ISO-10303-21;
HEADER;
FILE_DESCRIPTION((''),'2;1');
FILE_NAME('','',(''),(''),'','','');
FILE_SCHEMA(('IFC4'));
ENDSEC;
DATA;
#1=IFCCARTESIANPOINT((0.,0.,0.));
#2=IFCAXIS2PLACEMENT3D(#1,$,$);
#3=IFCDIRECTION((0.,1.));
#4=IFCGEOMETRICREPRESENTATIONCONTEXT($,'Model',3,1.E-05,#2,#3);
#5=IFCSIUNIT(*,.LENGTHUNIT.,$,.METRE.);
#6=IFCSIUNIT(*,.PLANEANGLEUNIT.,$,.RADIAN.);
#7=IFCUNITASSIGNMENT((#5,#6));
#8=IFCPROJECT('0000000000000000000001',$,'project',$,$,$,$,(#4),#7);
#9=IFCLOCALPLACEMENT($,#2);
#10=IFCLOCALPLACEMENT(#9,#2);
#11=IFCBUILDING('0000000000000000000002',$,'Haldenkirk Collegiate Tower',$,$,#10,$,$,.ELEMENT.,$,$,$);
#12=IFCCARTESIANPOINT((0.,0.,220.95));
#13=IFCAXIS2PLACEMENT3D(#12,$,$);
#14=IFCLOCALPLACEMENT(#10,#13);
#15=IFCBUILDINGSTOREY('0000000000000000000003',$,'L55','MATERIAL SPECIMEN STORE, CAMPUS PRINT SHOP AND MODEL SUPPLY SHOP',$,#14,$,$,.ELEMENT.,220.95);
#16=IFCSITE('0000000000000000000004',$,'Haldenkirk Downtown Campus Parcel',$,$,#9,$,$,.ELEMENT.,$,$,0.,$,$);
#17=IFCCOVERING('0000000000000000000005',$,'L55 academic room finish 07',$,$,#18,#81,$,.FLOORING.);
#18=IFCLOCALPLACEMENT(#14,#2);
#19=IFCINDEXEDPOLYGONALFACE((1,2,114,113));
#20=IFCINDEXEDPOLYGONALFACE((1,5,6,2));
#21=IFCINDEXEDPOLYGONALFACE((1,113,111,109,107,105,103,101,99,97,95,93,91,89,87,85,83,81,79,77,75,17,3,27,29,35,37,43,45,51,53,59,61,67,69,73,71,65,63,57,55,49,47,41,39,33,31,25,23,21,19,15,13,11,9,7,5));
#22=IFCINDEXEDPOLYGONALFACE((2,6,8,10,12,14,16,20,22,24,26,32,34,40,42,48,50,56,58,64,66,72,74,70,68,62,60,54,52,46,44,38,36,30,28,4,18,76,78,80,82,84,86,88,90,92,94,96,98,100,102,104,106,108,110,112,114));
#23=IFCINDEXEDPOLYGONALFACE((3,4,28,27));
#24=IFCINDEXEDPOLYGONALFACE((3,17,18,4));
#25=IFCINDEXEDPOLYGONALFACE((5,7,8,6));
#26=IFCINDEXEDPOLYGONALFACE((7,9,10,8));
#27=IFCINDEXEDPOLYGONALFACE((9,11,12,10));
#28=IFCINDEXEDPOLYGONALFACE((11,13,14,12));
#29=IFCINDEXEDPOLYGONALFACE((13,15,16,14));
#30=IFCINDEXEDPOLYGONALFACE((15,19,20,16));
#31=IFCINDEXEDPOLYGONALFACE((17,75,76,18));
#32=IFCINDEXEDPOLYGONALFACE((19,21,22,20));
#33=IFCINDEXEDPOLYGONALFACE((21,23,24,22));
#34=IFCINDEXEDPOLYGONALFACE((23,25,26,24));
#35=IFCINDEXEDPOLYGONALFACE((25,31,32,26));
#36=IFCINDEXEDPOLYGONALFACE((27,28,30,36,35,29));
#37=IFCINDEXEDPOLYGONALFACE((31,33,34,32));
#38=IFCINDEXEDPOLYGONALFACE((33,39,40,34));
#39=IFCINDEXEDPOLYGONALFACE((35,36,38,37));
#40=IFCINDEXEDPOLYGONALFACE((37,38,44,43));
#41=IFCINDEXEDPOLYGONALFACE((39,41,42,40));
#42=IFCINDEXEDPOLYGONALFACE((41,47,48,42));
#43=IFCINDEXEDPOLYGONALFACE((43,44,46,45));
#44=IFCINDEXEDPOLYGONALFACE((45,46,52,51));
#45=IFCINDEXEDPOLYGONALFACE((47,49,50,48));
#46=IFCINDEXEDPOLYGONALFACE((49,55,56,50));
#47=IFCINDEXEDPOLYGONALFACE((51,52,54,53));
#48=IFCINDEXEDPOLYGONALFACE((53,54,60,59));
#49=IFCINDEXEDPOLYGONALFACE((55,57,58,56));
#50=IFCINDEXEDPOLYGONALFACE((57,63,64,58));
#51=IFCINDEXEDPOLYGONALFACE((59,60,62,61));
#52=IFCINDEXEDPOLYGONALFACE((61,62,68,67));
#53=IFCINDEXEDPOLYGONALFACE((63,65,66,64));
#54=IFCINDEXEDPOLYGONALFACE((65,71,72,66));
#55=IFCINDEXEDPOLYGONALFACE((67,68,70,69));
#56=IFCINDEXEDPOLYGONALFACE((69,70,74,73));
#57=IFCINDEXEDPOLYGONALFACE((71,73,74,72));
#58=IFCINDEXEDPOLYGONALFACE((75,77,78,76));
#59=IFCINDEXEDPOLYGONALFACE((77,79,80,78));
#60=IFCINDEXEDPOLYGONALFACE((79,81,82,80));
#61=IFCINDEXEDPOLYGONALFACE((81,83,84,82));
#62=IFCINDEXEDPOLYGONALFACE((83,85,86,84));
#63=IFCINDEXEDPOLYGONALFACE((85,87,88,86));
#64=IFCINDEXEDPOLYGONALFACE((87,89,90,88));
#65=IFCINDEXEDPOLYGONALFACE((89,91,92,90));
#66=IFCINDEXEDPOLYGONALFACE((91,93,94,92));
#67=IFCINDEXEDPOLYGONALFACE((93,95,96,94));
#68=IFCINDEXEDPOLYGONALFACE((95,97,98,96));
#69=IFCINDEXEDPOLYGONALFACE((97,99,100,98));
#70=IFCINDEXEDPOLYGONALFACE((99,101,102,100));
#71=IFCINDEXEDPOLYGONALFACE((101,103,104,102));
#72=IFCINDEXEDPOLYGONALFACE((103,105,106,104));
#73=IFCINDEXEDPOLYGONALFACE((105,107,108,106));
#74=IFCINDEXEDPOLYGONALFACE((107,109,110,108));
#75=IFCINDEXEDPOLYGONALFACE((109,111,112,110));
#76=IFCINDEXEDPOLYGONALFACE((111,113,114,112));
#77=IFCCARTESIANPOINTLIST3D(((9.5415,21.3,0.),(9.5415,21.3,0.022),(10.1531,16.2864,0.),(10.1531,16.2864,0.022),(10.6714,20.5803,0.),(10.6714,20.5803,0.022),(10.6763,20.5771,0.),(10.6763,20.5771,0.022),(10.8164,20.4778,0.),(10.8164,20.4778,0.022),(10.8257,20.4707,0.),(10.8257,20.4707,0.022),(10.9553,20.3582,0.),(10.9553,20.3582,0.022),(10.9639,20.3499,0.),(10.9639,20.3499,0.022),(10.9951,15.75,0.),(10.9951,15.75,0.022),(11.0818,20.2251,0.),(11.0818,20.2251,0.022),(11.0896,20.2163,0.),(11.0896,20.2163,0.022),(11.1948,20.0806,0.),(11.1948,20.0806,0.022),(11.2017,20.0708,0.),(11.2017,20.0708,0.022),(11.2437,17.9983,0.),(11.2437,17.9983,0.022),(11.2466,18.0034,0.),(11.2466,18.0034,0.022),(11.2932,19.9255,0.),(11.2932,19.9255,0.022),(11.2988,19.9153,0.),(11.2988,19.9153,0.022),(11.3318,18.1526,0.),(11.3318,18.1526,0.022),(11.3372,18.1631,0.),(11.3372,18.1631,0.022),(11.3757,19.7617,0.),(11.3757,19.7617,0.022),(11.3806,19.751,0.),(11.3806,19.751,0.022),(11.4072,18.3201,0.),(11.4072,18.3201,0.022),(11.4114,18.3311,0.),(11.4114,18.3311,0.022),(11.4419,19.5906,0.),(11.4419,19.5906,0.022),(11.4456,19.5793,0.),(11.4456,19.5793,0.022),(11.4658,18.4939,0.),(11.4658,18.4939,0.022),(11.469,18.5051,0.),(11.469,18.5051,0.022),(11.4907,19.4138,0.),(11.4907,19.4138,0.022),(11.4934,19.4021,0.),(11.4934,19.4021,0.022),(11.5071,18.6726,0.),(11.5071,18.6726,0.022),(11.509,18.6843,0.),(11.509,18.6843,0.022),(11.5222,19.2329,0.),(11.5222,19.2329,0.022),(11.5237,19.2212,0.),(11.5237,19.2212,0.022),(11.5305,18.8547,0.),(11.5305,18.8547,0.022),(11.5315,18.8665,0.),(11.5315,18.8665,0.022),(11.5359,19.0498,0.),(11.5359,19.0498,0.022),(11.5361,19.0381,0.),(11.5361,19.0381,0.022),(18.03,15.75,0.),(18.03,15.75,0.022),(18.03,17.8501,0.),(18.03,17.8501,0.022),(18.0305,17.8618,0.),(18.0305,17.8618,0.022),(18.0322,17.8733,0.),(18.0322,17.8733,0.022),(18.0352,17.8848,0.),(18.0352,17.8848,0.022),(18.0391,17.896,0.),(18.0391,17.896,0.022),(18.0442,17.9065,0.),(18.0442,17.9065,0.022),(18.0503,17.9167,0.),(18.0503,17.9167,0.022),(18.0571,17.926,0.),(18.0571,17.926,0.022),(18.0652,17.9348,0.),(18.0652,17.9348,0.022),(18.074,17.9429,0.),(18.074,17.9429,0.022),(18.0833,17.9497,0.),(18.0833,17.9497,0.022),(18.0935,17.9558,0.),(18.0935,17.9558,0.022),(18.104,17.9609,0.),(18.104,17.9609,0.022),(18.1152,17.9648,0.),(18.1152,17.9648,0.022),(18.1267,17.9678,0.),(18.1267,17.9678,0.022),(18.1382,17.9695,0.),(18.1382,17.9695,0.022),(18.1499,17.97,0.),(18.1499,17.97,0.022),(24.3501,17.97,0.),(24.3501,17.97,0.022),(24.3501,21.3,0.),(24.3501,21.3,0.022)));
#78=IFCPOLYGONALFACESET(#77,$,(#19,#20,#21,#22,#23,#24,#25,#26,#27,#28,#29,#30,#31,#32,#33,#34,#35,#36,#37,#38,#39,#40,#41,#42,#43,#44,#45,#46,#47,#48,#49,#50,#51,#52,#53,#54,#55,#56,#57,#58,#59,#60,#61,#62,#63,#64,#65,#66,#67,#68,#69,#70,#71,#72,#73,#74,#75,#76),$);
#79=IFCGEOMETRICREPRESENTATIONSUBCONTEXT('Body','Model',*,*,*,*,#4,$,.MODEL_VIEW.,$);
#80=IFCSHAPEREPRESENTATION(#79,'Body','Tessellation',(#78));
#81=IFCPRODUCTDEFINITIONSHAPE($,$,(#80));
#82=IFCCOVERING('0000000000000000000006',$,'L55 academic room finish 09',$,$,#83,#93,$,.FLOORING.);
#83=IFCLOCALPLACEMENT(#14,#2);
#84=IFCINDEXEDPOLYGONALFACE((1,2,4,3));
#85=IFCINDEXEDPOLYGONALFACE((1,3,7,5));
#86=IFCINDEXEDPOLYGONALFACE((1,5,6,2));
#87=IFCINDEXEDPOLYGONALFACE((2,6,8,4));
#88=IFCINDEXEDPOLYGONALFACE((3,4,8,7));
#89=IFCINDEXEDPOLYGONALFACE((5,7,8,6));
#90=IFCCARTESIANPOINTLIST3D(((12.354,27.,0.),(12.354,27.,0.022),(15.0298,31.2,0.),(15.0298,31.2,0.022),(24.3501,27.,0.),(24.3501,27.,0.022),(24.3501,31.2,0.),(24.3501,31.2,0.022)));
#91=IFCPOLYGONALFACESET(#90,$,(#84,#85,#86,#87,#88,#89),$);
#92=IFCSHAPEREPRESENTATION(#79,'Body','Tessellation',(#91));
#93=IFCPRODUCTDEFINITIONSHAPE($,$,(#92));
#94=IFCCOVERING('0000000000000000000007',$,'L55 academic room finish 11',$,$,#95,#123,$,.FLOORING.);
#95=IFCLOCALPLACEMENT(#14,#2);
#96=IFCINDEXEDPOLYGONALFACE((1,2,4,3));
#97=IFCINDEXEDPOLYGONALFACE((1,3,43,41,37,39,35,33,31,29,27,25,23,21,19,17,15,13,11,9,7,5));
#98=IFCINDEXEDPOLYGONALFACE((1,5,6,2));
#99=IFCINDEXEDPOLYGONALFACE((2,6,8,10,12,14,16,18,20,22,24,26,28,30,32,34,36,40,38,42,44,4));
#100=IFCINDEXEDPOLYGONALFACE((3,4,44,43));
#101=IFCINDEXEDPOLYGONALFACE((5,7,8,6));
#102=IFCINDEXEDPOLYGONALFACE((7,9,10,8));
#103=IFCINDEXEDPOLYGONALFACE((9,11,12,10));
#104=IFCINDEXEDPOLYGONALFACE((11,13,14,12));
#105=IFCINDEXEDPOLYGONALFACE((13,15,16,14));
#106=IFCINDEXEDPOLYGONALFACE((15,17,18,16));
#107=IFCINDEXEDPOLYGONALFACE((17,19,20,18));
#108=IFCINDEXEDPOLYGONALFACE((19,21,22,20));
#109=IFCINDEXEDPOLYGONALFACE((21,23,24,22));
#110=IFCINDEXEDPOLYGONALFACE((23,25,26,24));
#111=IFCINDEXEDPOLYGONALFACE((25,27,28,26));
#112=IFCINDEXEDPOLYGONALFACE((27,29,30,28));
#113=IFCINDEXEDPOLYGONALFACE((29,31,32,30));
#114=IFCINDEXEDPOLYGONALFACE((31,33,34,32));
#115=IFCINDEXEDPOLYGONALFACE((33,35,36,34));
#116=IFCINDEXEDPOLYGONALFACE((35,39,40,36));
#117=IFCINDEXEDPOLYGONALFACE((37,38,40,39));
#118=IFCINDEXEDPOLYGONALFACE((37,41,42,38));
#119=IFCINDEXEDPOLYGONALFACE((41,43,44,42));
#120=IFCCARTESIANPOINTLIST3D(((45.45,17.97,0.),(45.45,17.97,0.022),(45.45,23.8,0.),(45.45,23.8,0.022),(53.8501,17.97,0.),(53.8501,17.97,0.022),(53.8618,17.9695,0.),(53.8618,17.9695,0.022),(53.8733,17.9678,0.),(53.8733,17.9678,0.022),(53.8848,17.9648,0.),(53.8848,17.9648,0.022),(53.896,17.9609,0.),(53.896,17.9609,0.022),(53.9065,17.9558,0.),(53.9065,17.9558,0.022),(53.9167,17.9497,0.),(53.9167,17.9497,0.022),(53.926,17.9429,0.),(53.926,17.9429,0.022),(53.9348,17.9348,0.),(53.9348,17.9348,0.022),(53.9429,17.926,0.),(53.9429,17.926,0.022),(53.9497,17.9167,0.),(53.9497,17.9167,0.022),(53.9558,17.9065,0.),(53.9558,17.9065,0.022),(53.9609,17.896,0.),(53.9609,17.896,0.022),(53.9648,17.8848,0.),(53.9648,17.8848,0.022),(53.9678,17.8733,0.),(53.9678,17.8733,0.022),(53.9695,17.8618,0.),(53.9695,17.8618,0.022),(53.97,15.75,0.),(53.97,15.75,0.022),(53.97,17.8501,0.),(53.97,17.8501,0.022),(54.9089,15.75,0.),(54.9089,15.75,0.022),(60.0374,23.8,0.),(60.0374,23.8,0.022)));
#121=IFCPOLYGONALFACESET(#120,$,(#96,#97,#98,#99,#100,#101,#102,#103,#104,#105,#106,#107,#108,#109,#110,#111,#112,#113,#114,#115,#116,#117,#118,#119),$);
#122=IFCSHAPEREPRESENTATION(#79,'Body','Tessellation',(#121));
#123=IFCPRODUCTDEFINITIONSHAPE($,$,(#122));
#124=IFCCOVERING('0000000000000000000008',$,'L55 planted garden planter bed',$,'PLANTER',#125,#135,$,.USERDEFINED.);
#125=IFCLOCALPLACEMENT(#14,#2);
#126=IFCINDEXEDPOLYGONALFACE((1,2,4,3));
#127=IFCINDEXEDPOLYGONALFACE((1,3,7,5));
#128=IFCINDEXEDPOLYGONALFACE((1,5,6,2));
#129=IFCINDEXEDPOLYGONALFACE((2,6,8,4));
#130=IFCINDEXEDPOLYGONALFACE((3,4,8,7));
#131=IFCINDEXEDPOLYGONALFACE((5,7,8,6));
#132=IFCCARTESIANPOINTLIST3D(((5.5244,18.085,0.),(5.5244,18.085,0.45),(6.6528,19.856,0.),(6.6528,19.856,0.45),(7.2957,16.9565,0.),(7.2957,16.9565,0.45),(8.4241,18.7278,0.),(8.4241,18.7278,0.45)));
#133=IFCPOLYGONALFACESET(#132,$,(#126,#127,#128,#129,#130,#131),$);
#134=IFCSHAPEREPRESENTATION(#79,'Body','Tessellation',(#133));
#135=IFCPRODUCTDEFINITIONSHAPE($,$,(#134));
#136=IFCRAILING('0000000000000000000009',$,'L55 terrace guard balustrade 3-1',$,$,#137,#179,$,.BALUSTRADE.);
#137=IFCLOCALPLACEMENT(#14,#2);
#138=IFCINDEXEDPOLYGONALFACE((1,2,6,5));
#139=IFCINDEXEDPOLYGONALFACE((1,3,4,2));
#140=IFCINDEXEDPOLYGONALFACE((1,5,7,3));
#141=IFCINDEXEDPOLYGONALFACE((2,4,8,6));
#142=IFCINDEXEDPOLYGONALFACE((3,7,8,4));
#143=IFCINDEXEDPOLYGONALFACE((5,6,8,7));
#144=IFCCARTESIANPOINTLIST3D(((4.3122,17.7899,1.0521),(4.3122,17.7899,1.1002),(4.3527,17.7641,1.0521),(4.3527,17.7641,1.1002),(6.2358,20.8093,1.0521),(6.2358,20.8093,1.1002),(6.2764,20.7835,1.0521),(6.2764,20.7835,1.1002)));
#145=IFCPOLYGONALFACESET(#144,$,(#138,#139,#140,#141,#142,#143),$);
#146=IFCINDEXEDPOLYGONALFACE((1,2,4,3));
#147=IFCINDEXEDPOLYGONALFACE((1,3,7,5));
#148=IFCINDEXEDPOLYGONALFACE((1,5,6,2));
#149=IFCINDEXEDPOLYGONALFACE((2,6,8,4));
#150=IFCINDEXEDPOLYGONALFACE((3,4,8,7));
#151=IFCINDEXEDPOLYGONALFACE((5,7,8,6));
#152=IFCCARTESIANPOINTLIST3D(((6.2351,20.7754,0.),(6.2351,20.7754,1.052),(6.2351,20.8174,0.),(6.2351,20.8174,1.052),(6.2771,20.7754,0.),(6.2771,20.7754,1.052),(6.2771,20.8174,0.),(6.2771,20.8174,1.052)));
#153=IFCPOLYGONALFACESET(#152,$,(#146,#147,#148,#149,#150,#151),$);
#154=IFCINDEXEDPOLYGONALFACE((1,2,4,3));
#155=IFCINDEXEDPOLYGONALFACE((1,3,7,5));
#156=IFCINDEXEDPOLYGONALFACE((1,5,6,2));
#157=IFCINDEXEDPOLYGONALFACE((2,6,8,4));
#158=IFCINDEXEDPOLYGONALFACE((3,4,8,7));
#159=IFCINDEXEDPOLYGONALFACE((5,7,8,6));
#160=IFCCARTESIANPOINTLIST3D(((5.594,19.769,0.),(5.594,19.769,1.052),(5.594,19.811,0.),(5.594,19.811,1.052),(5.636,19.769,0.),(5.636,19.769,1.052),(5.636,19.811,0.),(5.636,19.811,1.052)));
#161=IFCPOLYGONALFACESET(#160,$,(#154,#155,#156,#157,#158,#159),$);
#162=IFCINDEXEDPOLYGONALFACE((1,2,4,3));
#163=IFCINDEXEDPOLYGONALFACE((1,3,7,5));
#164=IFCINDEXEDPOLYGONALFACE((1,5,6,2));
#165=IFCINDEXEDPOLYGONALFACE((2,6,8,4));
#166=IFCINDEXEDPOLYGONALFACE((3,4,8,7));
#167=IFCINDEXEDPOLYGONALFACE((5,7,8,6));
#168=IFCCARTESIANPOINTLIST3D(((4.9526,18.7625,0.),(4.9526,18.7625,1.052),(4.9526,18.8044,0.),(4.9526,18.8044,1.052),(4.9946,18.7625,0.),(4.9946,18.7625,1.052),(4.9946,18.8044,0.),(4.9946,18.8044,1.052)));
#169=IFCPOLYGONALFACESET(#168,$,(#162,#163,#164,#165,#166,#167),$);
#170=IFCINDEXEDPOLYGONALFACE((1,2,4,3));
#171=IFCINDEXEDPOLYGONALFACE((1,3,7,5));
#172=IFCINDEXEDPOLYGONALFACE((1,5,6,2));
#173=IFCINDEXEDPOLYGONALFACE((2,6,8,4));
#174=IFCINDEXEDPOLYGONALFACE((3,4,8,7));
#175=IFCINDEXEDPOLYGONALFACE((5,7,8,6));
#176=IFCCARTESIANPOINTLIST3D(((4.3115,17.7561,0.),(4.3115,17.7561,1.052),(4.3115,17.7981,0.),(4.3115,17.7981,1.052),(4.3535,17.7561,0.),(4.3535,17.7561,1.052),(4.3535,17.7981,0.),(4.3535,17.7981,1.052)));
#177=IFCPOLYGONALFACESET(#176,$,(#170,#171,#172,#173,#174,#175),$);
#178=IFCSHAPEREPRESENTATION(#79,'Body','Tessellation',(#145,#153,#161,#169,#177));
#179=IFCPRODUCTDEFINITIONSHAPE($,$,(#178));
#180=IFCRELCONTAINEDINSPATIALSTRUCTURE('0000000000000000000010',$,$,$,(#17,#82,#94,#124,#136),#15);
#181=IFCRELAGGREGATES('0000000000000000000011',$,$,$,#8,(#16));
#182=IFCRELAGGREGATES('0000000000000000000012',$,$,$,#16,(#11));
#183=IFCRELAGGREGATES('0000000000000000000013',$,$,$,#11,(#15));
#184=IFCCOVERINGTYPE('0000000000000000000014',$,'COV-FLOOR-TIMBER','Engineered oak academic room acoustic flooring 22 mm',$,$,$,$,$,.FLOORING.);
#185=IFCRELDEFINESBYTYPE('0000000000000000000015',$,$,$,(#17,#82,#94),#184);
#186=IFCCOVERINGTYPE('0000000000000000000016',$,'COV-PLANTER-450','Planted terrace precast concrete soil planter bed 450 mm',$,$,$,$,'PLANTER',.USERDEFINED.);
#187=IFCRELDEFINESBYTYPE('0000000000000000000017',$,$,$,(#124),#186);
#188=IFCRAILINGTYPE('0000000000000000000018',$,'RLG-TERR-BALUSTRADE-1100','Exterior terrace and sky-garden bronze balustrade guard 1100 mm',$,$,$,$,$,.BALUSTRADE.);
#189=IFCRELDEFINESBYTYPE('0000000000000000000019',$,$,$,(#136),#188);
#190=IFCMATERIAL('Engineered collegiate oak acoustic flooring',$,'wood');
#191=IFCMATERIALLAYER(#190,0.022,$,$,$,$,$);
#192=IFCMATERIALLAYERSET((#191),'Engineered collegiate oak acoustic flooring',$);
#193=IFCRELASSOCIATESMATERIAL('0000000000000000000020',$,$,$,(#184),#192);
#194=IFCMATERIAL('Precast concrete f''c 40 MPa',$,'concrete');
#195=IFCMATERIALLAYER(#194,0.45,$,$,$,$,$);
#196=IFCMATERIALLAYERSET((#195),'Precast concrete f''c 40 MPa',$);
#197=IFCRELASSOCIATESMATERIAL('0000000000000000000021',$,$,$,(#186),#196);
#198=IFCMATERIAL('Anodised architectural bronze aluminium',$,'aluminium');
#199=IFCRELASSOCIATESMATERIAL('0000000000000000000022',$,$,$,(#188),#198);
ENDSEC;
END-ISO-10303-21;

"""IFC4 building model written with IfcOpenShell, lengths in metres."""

from ifc_helpers import new_model, si_unit, direction, frame, origin, origin_2d, place, context, subcontext, project, spatial, polyline, rectangle, outline, extrude, material, layer, layer_set, type_object, element, save


model = new_model("IFC4")

# Units and contexts
model_context = context("Model", 3, precision=1e-05, world=origin(), true_north=direction((0.0, 1.0)))
body_context = subcontext(model_context, "Body", "Model", "MODEL_VIEW")
ifc_project = project(units=[si_unit("LENGTHUNIT", "METRE"), si_unit("PLANEANGLEUNIT", "RADIAN")], contexts=[model_context])

# Site, building, storey
site_placement = place(None, origin())
site = spatial("IfcSite", under=ifc_project, at=site_placement, Name="Haldenkirk Downtown Campus Parcel", CompositionType="ELEMENT", RefElevation=0.0)
building_placement = place(site_placement, origin())
building = spatial("IfcBuilding", under=site, at=building_placement, Name="Haldenkirk Collegiate Tower", CompositionType="ELEMENT")
storey_placement = place(building_placement, frame((0.0, 0.0, 220.95)))
storey = spatial("IfcBuildingStorey", under=building, at=storey_placement, Name="L55", Description="MATERIAL SPECIMEN STORE, CAMPUS PRINT SHOP AND MODEL SUPPLY SHOP", CompositionType="ELEMENT", Elevation=220.95)

# Shared definitions
ifc_material_1 = material(Name="Anodised architectural bronze aluminium", Category="aluminium")

# Shared definitions
ifc_material_2 = material(Name="Precast concrete f'c 40 MPa", Category="concrete")

# Coverings
ifc_material_3 = material(Name="Engineered collegiate oak acoustic flooring", Category="wood")
ifc_layer_1 = layer(ifc_material_3, 0.022)
ifc_layer_set_1 = layer_set([ifc_layer_1], Name="Engineered collegiate oak acoustic flooring")
covering_type_1 = type_object("IfcCoveringType", Name="COV-FLOOR-TIMBER", Description="Engineered oak academic room acoustic flooring 22 mm", PredefinedType="FLOORING", material=ifc_layer_set_1)
covering_1_placement = place(storey_placement, origin())
element("IfcCovering", 1, at=covering_1_placement, inside=storey, type_object=covering_type_1, Name="L55 academic room finish 07", PredefinedType="FLOORING", context=body_context, shape_type="SweptSolid", body=[
    extrude(outline(polyline([(11.2437, 17.9983), (11.2466, 18.0034), (11.3318, 18.1526), (11.3372, 18.1631), (11.4072, 18.3201), (11.4114, 18.3311), (11.4658, 18.4939), (11.469, 18.5051), (11.5071, 18.6726), (11.509, 18.6843), (11.5305, 18.8547), (11.5315, 18.8665), (11.5361, 19.0381), (11.5359, 19.0498), (11.5237, 19.2212), (11.5222, 19.2329), (11.4934, 19.4021), (11.4907, 19.4138), (11.4456, 19.5793), (11.4419, 19.5906), (11.3806, 19.751), (11.3757, 19.7617), (11.2988, 19.9153), (11.2932, 19.9255), (11.2017, 20.0708), (11.1948, 20.0806), (11.0896, 20.2163), (11.0818, 20.2251), (10.9639, 20.3499), (10.9553, 20.3582), (10.8257, 20.4707), (10.8164, 20.4778), (10.6763, 20.5771), (10.6714, 20.5803), (9.5415, 21.3), (24.3501, 21.3), (24.3501, 17.97), (18.1499, 17.97), (18.1382, 17.9695), (18.1267, 17.9678), (18.1152, 17.9648), (18.104, 17.9609), (18.0935, 17.9558), (18.0833, 17.9497), (18.074, 17.9429), (18.0652, 17.9348), (18.0571, 17.926), (18.0503, 17.9167), (18.0442, 17.9065), (18.0391, 17.896), (18.0352, 17.8848), (18.0322, 17.8733), (18.0305, 17.8618), (18.03, 17.8501), (18.03, 15.75), (10.9951, 15.75), (10.1531, 16.2864), (11.2437, 17.9983)])), origin(), (0.0, 0.0, 1.0), 0.022),
])
covering_2_placement = place(storey_placement, origin())
element("IfcCovering", 2, at=covering_2_placement, inside=storey, type_object=covering_type_1, Name="L55 academic room finish 09", PredefinedType="FLOORING", context=body_context, shape_type="SweptSolid", body=[
    extrude(outline(polyline([(15.0298, 31.2), (24.3501, 31.2), (24.3501, 27.0), (12.354, 27.0), (15.0298, 31.2)])), origin(), (0.0, 0.0, 1.0), 0.022),
])
covering_3_placement = place(storey_placement, origin())
element("IfcCovering", 3, at=covering_3_placement, inside=storey, type_object=covering_type_1, Name="L55 academic room finish 11", PredefinedType="FLOORING", context=body_context, shape_type="SweptSolid", body=[
    extrude(outline(polyline([(45.45, 17.97), (45.45, 23.8), (60.0374, 23.8), (54.9089, 15.75), (53.97, 15.75), (53.97, 17.8501), (53.9695, 17.8618), (53.9678, 17.8733), (53.9648, 17.8848), (53.9609, 17.896), (53.9558, 17.9065), (53.9497, 17.9167), (53.9429, 17.926), (53.9348, 17.9348), (53.926, 17.9429), (53.9167, 17.9497), (53.9065, 17.9558), (53.896, 17.9609), (53.8848, 17.9648), (53.8733, 17.9678), (53.8618, 17.9695), (53.8501, 17.97), (45.45, 17.97)])), origin(), (0.0, 0.0, 1.0), 0.022),
])
ifc_layer_2 = layer(ifc_material_2, 0.45)
ifc_layer_set_2 = layer_set([ifc_layer_2], Name="Precast concrete f'c 40 MPa")
covering_type_2 = type_object("IfcCoveringType", Name="COV-PLANTER-450", Description="Planted terrace precast concrete soil planter bed 450 mm", ElementType="PLANTER", PredefinedType="USERDEFINED", material=ifc_layer_set_2)
covering_4_placement = place(storey_placement, origin())
element("IfcCovering", 4, at=covering_4_placement, inside=storey, type_object=covering_type_2, Name="L55 planted garden planter bed", ObjectType="PLANTER", PredefinedType="USERDEFINED", context=body_context, shape_type="SweptSolid", body=[
    extrude(outline(polyline([(7.2957, 16.9565), (5.5244, 18.085), (6.6528, 19.856), (8.4241, 18.7278), (7.2957, 16.9565)])), origin(), (0.0, 0.0, 1.0), 0.45),
])

# Railing
railing_type = type_object("IfcRailingType", Name="RLG-TERR-BALUSTRADE-1100", Description="Exterior terrace and sky-garden bronze balustrade guard 1100 mm", PredefinedType="BALUSTRADE", material=ifc_material_1)
railing_1_placement = place(storey_placement, frame((6.2561, 20.7964, 0.0)))
element("IfcRailing", 5, at=railing_1_placement, inside=storey, type_object=railing_type, Name="L55 terrace guard balustrade 3-1", PredefinedType="BALUSTRADE", context=body_context, shape_type="SweptSolid", body=[
    extrude(rectangle(XDim=0.0481, YDim=0.0481, at=origin_2d()), frame((0.0, 0.0, 1.0762), z_axis=(-0.537317, -0.843381, 0.0), x_axis=(0.843381, -0.537317, 0.0)), (0.0, 0.0, 1.0), 3.5801),
    extrude(rectangle(XDim=0.042, YDim=0.042, at=origin_2d()), origin(), (0.0, 0.0, 1.0), 1.052),
    extrude(rectangle(XDim=0.042, YDim=0.042, at=origin_2d()), frame((-0.6411, -1.0063, 0.0)), (0.0, 0.0, 1.0), 1.052),
    extrude(rectangle(XDim=0.042, YDim=0.042, at=origin_2d()), frame((-1.2825, -2.0129, 0.0)), (0.0, 0.0, 1.0), 1.052),
    extrude(rectangle(XDim=0.042, YDim=0.042, at=origin_2d()), frame((-1.9236, -3.0193, 0.0)), (0.0, 0.0, 1.0), 1.052),
])

save(model, "model.ifc")
